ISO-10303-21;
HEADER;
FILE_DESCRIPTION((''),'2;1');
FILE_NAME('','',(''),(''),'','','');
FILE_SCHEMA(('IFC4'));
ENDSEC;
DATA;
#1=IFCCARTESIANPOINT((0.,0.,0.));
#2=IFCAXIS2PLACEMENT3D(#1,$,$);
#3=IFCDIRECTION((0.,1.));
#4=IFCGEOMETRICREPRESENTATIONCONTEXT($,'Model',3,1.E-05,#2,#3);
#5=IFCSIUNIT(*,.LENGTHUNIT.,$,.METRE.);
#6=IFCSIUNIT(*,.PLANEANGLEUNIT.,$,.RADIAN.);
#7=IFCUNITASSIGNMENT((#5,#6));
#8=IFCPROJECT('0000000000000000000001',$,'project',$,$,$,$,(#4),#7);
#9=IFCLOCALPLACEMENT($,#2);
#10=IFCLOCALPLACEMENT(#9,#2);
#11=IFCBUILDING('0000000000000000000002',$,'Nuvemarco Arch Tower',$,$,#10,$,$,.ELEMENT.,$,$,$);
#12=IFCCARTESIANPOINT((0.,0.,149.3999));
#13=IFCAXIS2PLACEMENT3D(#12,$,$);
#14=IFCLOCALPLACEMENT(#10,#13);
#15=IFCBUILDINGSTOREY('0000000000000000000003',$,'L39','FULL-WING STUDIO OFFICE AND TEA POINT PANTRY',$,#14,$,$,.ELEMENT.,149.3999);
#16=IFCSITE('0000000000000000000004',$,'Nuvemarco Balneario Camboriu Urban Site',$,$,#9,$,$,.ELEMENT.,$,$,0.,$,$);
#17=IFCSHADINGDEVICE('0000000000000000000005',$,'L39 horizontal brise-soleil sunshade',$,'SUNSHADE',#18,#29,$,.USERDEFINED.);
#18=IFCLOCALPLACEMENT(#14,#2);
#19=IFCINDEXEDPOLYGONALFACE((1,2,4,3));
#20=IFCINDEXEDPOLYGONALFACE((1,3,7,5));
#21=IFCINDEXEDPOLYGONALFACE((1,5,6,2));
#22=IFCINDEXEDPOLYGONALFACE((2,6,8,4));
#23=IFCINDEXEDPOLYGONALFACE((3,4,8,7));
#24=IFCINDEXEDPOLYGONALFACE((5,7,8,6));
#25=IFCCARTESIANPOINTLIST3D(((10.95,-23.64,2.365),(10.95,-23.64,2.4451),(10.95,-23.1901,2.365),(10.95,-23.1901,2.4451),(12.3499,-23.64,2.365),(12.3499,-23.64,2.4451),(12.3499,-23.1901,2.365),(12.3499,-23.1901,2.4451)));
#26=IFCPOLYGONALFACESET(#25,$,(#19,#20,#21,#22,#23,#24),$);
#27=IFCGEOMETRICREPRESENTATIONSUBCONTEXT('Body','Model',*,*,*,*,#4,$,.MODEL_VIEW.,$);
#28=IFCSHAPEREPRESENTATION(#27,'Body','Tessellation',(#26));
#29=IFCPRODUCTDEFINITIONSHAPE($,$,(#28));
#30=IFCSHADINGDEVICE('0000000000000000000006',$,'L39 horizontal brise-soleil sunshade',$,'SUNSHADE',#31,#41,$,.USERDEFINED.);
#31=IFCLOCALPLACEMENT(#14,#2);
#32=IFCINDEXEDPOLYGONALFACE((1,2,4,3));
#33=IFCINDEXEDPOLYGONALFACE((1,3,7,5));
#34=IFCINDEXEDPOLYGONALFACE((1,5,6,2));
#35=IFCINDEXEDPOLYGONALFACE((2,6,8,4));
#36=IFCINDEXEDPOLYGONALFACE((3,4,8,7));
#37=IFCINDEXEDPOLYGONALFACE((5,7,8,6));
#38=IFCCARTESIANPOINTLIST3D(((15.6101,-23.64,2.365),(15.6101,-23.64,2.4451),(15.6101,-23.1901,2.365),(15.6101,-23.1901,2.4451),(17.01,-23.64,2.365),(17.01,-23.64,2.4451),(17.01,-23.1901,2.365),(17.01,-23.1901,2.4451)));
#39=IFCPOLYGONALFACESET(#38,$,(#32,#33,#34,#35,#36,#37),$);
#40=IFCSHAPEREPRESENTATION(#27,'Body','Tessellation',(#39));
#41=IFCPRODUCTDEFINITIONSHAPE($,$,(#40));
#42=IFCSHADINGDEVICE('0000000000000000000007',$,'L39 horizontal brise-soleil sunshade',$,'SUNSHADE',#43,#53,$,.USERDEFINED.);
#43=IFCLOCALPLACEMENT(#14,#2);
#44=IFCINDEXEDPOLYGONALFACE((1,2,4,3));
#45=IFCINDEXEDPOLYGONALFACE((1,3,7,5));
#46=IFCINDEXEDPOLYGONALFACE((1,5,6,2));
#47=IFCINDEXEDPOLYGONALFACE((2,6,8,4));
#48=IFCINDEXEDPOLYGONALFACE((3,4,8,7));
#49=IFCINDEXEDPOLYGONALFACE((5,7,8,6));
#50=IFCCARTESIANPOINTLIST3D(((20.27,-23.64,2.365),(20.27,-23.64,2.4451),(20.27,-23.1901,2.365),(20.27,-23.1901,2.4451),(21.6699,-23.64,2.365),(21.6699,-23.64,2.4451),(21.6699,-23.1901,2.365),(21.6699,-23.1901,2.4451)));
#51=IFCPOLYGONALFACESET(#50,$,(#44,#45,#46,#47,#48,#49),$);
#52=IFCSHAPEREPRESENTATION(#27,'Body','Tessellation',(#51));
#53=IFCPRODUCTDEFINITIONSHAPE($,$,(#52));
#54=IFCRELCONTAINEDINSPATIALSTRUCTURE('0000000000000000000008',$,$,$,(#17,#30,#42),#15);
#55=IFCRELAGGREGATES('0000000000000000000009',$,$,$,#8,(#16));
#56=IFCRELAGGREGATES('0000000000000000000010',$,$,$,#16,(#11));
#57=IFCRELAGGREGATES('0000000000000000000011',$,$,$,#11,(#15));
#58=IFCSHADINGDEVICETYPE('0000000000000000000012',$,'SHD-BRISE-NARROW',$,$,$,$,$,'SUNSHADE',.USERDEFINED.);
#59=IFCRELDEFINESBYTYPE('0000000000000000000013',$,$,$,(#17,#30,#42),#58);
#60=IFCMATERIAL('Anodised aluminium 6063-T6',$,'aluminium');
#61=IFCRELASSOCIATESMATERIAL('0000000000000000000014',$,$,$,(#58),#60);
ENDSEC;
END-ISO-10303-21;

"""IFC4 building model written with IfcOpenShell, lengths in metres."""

from ifc_helpers import new_model, si_unit, direction, frame, origin, origin_2d, place, context, subcontext, project, spatial, rectangle, extrude, source, transform, mapped, material, type_object, type_shapes, element, save


model = new_model("IFC4")

# Units and contexts
model_context = context("Model", 3, precision=1e-05, world=origin(), true_north=direction((0.0, 1.0)))
body_context = subcontext(model_context, "Body", "Model", "MODEL_VIEW")
ifc_project = project(units=[si_unit("LENGTHUNIT", "METRE"), si_unit("PLANEANGLEUNIT", "RADIAN")], contexts=[model_context])

# Site, building, storey
site_placement = place(None, origin())
site = spatial("IfcSite", under=ifc_project, at=site_placement, Name="Nuvemarco Balneario Camboriu Urban Site", CompositionType="ELEMENT", RefElevation=0.0)
building_placement = place(site_placement, origin())
building = spatial("IfcBuilding", under=site, at=building_placement, Name="Nuvemarco Arch Tower", CompositionType="ELEMENT")
storey_placement = place(building_placement, frame((0.0, 0.0, 149.3999)))
storey = spatial("IfcBuildingStorey", under=building, at=storey_placement, Name="L39", Description="FULL-WING STUDIO OFFICE AND TEA POINT PANTRY", CompositionType="ELEMENT", Elevation=149.3999)

# Shading devices
ifc_material_1 = material(Name="Anodised aluminium 6063-T6", Category="aluminium")
shading_device_type_1 = type_object("IfcShadingDeviceType", Name="SHD-BRISE-NARROW", ElementType="SUNSHADE", PredefinedType="USERDEFINED", material=ifc_material_1)
shared_shape_1 = source(origin(), body_context, "Body", "SweptSolid", [
    extrude(rectangle(XDim=1.3999, YDim=0.45, at=origin_2d()), origin(), (0.0, 0.0, 1.0), 0.0801),
])
type_shapes(shading_device_type_1, [shared_shape_1])
for number, where, z_axis, x_axis, name in (
    (1, (11.6499, -23.415, 2.365), (0.0, 0.0, 1.0), (1.0, 0.0, 0.0), "L39 horizontal brise-soleil sunshade"),
    (2, (16.3101, -23.415, 2.365), (0.0, 0.0, 1.0), (1.0, 0.0, 0.0), "L39 horizontal brise-soleil sunshade"),
    (3, (20.97, -23.415, 2.365), (0.0, 0.0, 1.0), (1.0, 0.0, 0.0), "L39 horizontal brise-soleil sunshade"),
):
    element("IfcShadingDevice", number, at=place(storey_placement, frame(where, z_axis=z_axis, x_axis=x_axis)), inside=storey, type_object=shading_device_type_1, Name=name, ObjectType="SUNSHADE", PredefinedType="USERDEFINED", context=body_context, shape_type="MappedRepresentation", body=[
        mapped(shared_shape_1, transform((0.0, 0.0, 0.0), scale=1.0)),
    ])

save(model, "model.ifc")
